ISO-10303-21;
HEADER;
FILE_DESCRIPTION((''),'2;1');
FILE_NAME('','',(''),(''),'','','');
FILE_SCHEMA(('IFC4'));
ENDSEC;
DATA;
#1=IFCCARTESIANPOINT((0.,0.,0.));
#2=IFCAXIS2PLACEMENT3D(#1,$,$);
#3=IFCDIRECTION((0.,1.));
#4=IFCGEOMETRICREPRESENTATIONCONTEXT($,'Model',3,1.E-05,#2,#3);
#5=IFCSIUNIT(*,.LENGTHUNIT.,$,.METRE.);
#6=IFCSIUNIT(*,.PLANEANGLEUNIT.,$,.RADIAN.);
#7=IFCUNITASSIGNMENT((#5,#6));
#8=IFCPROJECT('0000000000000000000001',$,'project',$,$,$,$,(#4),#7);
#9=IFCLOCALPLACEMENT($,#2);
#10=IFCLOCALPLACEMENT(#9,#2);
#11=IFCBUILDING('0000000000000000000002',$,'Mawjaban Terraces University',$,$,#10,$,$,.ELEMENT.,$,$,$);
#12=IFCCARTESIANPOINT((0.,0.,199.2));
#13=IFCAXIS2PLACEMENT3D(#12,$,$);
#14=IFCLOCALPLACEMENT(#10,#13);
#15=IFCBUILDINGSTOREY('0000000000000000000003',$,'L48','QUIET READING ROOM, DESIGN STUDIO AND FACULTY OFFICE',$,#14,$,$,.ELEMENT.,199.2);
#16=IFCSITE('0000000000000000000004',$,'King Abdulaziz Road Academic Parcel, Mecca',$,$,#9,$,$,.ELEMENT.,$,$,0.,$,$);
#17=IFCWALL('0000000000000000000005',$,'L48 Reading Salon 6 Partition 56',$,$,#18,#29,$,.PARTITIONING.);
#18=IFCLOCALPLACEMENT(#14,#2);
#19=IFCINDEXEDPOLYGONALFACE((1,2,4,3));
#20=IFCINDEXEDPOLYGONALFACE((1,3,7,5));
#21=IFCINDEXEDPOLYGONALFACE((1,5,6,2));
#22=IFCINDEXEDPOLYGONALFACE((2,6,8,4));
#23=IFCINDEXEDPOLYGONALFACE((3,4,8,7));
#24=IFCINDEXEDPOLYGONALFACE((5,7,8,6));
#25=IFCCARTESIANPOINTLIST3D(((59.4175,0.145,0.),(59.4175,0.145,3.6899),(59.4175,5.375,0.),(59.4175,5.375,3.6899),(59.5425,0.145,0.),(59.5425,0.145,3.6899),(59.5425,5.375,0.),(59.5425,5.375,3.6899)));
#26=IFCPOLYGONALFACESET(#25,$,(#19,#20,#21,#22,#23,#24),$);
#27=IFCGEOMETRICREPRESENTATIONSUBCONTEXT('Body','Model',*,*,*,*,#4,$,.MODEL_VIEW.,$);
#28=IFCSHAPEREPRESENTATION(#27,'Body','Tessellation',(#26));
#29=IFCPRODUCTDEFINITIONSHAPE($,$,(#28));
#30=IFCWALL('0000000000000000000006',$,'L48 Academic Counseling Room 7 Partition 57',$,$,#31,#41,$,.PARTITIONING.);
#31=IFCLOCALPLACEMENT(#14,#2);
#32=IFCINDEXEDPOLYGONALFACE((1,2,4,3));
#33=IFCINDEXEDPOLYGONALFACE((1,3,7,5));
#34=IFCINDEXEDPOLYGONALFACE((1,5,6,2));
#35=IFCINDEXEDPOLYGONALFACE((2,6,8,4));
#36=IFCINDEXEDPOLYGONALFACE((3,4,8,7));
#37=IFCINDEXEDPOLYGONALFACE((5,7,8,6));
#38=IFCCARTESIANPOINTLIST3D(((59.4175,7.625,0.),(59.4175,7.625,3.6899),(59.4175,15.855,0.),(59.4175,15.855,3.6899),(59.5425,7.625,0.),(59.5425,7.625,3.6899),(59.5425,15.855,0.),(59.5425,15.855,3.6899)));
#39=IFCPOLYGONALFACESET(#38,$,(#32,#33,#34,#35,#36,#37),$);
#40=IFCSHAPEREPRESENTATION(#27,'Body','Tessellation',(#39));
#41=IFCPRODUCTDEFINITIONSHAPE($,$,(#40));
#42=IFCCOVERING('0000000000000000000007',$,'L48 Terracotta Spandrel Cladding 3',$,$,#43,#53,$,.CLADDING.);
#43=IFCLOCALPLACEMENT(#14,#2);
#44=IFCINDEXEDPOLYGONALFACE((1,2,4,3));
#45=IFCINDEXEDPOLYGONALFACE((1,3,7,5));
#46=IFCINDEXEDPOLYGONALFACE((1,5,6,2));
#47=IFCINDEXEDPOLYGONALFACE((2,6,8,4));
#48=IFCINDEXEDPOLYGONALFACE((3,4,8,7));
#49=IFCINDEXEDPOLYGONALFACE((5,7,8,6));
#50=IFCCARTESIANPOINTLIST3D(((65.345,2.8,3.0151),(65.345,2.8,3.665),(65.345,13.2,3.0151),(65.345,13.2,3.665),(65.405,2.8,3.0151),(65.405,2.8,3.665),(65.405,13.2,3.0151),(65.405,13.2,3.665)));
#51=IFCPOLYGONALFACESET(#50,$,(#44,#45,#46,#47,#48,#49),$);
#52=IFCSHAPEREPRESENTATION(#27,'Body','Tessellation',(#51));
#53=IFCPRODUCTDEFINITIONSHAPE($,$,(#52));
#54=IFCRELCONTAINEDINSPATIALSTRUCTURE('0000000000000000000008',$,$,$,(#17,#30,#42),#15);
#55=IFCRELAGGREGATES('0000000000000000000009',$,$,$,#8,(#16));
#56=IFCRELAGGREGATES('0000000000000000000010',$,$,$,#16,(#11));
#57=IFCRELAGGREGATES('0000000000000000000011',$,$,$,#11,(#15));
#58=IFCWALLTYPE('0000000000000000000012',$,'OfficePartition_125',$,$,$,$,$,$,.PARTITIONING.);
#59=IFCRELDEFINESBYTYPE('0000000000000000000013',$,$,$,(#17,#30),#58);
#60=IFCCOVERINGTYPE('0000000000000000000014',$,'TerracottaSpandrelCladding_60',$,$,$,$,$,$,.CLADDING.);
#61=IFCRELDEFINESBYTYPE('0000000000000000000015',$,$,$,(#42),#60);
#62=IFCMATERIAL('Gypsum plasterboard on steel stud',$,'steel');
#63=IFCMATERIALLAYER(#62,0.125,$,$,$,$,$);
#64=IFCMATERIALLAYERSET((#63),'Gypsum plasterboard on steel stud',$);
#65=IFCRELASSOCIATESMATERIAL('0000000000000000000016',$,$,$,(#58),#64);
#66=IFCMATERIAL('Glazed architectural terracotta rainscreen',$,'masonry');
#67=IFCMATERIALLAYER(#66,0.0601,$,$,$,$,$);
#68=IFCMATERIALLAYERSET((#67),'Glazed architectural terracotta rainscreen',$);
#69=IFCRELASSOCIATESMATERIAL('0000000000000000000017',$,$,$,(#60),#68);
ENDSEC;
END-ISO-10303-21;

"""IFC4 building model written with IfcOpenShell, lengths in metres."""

from ifc_helpers import new_model, si_unit, direction, frame, frame_2d, origin, origin_2d, place, context, subcontext, project, spatial, rectangle, extrude, material, layer, layer_set, type_object, element, save


model = new_model("IFC4")

# Units and contexts
model_context = context("Model", 3, precision=1e-05, world=origin(), true_north=direction((0.0, 1.0)))
body_context = subcontext(model_context, "Body", "Model", "MODEL_VIEW")
ifc_project = project(units=[si_unit("LENGTHUNIT", "METRE"), si_unit("PLANEANGLEUNIT", "RADIAN")], contexts=[model_context])

# Site, building, storey
site_placement = place(None, origin())
site = spatial("IfcSite", under=ifc_project, at=site_placement, Name="King Abdulaziz Road Academic Parcel, Mecca", CompositionType="ELEMENT", RefElevation=0.0)
building_placement = place(site_placement, origin())
building = spatial("IfcBuilding", under=site, at=building_placement, Name="Mawjaban Terraces University", CompositionType="ELEMENT")
storey_placement = place(building_placement, frame((0.0, 0.0, 199.2)))
storey = spatial("IfcBuildingStorey", under=building, at=storey_placement, Name="L48", Description="QUIET READING ROOM, DESIGN STUDIO AND FACULTY OFFICE", CompositionType="ELEMENT", Elevation=199.2)

# Walls
ifc_material_1 = material(Name="Gypsum plasterboard on steel stud", Category="steel")
ifc_layer_1 = layer(ifc_material_1, 0.125)
ifc_layer_set_1 = layer_set([ifc_layer_1], Name="Gypsum plasterboard on steel stud")
wall_type_1 = type_object("IfcWallType", Name="OfficePartition_125", PredefinedType="PARTITIONING", material=ifc_layer_set_1)
wall_1_placement = place(storey_placement, frame((59.48, 0.145, 0.0), z_axis=(0.0, 0.0, 1.0), x_axis=(0.0, 1.0, 0.0)))
element("IfcWall", 1, at=wall_1_placement, inside=storey, type_object=wall_type_1, Name="L48 Reading Salon 6 Partition 56", PredefinedType="PARTITIONING", context=body_context, shape_type="SweptSolid", body=[
    extrude(rectangle(XDim=5.23, YDim=0.125, at=frame_2d((2.615, 0.0))), origin(), (0.0, 0.0, 1.0), 3.6899),
])
wall_2_placement = place(storey_placement, frame((59.48, 7.625, 0.0), z_axis=(0.0, 0.0, 1.0), x_axis=(0.0, 1.0, 0.0)))
element("IfcWall", 2, at=wall_2_placement, inside=storey, type_object=wall_type_1, Name="L48 Academic Counseling Room 7 Partition 57", PredefinedType="PARTITIONING", context=body_context, shape_type="SweptSolid", body=[
    extrude(rectangle(XDim=8.23, YDim=0.125, at=frame_2d((4.115, 0.0))), origin(), (0.0, 0.0, 1.0), 3.6899),
])

# Covering
ifc_material_2 = material(Name="Glazed architectural terracotta rainscreen", Category="masonry")
ifc_layer_2 = layer(ifc_material_2, 0.0601)
ifc_layer_set_2 = layer_set([ifc_layer_2], Name="Glazed architectural terracotta rainscreen")
covering_type = type_object("IfcCoveringType", Name="TerracottaSpandrelCladding_60", PredefinedType="CLADDING", material=ifc_layer_set_2)
covering_placement = place(storey_placement, frame((65.375, 8.0, 3.0151), z_axis=(0.0, 0.0, 1.0), x_axis=(0.0, 1.0, 0.0)))
element("IfcCovering", 3, at=covering_placement, inside=storey, type_object=covering_type, Name="L48 Terracotta Spandrel Cladding 3", PredefinedType="CLADDING", context=body_context, shape_type="SweptSolid", body=[
    extrude(rectangle(XDim=10.3999, YDim=0.0601, at=origin_2d()), origin(), (0.0, 0.0, 1.0), 0.6499),
])

save(model, "model.ifc")
